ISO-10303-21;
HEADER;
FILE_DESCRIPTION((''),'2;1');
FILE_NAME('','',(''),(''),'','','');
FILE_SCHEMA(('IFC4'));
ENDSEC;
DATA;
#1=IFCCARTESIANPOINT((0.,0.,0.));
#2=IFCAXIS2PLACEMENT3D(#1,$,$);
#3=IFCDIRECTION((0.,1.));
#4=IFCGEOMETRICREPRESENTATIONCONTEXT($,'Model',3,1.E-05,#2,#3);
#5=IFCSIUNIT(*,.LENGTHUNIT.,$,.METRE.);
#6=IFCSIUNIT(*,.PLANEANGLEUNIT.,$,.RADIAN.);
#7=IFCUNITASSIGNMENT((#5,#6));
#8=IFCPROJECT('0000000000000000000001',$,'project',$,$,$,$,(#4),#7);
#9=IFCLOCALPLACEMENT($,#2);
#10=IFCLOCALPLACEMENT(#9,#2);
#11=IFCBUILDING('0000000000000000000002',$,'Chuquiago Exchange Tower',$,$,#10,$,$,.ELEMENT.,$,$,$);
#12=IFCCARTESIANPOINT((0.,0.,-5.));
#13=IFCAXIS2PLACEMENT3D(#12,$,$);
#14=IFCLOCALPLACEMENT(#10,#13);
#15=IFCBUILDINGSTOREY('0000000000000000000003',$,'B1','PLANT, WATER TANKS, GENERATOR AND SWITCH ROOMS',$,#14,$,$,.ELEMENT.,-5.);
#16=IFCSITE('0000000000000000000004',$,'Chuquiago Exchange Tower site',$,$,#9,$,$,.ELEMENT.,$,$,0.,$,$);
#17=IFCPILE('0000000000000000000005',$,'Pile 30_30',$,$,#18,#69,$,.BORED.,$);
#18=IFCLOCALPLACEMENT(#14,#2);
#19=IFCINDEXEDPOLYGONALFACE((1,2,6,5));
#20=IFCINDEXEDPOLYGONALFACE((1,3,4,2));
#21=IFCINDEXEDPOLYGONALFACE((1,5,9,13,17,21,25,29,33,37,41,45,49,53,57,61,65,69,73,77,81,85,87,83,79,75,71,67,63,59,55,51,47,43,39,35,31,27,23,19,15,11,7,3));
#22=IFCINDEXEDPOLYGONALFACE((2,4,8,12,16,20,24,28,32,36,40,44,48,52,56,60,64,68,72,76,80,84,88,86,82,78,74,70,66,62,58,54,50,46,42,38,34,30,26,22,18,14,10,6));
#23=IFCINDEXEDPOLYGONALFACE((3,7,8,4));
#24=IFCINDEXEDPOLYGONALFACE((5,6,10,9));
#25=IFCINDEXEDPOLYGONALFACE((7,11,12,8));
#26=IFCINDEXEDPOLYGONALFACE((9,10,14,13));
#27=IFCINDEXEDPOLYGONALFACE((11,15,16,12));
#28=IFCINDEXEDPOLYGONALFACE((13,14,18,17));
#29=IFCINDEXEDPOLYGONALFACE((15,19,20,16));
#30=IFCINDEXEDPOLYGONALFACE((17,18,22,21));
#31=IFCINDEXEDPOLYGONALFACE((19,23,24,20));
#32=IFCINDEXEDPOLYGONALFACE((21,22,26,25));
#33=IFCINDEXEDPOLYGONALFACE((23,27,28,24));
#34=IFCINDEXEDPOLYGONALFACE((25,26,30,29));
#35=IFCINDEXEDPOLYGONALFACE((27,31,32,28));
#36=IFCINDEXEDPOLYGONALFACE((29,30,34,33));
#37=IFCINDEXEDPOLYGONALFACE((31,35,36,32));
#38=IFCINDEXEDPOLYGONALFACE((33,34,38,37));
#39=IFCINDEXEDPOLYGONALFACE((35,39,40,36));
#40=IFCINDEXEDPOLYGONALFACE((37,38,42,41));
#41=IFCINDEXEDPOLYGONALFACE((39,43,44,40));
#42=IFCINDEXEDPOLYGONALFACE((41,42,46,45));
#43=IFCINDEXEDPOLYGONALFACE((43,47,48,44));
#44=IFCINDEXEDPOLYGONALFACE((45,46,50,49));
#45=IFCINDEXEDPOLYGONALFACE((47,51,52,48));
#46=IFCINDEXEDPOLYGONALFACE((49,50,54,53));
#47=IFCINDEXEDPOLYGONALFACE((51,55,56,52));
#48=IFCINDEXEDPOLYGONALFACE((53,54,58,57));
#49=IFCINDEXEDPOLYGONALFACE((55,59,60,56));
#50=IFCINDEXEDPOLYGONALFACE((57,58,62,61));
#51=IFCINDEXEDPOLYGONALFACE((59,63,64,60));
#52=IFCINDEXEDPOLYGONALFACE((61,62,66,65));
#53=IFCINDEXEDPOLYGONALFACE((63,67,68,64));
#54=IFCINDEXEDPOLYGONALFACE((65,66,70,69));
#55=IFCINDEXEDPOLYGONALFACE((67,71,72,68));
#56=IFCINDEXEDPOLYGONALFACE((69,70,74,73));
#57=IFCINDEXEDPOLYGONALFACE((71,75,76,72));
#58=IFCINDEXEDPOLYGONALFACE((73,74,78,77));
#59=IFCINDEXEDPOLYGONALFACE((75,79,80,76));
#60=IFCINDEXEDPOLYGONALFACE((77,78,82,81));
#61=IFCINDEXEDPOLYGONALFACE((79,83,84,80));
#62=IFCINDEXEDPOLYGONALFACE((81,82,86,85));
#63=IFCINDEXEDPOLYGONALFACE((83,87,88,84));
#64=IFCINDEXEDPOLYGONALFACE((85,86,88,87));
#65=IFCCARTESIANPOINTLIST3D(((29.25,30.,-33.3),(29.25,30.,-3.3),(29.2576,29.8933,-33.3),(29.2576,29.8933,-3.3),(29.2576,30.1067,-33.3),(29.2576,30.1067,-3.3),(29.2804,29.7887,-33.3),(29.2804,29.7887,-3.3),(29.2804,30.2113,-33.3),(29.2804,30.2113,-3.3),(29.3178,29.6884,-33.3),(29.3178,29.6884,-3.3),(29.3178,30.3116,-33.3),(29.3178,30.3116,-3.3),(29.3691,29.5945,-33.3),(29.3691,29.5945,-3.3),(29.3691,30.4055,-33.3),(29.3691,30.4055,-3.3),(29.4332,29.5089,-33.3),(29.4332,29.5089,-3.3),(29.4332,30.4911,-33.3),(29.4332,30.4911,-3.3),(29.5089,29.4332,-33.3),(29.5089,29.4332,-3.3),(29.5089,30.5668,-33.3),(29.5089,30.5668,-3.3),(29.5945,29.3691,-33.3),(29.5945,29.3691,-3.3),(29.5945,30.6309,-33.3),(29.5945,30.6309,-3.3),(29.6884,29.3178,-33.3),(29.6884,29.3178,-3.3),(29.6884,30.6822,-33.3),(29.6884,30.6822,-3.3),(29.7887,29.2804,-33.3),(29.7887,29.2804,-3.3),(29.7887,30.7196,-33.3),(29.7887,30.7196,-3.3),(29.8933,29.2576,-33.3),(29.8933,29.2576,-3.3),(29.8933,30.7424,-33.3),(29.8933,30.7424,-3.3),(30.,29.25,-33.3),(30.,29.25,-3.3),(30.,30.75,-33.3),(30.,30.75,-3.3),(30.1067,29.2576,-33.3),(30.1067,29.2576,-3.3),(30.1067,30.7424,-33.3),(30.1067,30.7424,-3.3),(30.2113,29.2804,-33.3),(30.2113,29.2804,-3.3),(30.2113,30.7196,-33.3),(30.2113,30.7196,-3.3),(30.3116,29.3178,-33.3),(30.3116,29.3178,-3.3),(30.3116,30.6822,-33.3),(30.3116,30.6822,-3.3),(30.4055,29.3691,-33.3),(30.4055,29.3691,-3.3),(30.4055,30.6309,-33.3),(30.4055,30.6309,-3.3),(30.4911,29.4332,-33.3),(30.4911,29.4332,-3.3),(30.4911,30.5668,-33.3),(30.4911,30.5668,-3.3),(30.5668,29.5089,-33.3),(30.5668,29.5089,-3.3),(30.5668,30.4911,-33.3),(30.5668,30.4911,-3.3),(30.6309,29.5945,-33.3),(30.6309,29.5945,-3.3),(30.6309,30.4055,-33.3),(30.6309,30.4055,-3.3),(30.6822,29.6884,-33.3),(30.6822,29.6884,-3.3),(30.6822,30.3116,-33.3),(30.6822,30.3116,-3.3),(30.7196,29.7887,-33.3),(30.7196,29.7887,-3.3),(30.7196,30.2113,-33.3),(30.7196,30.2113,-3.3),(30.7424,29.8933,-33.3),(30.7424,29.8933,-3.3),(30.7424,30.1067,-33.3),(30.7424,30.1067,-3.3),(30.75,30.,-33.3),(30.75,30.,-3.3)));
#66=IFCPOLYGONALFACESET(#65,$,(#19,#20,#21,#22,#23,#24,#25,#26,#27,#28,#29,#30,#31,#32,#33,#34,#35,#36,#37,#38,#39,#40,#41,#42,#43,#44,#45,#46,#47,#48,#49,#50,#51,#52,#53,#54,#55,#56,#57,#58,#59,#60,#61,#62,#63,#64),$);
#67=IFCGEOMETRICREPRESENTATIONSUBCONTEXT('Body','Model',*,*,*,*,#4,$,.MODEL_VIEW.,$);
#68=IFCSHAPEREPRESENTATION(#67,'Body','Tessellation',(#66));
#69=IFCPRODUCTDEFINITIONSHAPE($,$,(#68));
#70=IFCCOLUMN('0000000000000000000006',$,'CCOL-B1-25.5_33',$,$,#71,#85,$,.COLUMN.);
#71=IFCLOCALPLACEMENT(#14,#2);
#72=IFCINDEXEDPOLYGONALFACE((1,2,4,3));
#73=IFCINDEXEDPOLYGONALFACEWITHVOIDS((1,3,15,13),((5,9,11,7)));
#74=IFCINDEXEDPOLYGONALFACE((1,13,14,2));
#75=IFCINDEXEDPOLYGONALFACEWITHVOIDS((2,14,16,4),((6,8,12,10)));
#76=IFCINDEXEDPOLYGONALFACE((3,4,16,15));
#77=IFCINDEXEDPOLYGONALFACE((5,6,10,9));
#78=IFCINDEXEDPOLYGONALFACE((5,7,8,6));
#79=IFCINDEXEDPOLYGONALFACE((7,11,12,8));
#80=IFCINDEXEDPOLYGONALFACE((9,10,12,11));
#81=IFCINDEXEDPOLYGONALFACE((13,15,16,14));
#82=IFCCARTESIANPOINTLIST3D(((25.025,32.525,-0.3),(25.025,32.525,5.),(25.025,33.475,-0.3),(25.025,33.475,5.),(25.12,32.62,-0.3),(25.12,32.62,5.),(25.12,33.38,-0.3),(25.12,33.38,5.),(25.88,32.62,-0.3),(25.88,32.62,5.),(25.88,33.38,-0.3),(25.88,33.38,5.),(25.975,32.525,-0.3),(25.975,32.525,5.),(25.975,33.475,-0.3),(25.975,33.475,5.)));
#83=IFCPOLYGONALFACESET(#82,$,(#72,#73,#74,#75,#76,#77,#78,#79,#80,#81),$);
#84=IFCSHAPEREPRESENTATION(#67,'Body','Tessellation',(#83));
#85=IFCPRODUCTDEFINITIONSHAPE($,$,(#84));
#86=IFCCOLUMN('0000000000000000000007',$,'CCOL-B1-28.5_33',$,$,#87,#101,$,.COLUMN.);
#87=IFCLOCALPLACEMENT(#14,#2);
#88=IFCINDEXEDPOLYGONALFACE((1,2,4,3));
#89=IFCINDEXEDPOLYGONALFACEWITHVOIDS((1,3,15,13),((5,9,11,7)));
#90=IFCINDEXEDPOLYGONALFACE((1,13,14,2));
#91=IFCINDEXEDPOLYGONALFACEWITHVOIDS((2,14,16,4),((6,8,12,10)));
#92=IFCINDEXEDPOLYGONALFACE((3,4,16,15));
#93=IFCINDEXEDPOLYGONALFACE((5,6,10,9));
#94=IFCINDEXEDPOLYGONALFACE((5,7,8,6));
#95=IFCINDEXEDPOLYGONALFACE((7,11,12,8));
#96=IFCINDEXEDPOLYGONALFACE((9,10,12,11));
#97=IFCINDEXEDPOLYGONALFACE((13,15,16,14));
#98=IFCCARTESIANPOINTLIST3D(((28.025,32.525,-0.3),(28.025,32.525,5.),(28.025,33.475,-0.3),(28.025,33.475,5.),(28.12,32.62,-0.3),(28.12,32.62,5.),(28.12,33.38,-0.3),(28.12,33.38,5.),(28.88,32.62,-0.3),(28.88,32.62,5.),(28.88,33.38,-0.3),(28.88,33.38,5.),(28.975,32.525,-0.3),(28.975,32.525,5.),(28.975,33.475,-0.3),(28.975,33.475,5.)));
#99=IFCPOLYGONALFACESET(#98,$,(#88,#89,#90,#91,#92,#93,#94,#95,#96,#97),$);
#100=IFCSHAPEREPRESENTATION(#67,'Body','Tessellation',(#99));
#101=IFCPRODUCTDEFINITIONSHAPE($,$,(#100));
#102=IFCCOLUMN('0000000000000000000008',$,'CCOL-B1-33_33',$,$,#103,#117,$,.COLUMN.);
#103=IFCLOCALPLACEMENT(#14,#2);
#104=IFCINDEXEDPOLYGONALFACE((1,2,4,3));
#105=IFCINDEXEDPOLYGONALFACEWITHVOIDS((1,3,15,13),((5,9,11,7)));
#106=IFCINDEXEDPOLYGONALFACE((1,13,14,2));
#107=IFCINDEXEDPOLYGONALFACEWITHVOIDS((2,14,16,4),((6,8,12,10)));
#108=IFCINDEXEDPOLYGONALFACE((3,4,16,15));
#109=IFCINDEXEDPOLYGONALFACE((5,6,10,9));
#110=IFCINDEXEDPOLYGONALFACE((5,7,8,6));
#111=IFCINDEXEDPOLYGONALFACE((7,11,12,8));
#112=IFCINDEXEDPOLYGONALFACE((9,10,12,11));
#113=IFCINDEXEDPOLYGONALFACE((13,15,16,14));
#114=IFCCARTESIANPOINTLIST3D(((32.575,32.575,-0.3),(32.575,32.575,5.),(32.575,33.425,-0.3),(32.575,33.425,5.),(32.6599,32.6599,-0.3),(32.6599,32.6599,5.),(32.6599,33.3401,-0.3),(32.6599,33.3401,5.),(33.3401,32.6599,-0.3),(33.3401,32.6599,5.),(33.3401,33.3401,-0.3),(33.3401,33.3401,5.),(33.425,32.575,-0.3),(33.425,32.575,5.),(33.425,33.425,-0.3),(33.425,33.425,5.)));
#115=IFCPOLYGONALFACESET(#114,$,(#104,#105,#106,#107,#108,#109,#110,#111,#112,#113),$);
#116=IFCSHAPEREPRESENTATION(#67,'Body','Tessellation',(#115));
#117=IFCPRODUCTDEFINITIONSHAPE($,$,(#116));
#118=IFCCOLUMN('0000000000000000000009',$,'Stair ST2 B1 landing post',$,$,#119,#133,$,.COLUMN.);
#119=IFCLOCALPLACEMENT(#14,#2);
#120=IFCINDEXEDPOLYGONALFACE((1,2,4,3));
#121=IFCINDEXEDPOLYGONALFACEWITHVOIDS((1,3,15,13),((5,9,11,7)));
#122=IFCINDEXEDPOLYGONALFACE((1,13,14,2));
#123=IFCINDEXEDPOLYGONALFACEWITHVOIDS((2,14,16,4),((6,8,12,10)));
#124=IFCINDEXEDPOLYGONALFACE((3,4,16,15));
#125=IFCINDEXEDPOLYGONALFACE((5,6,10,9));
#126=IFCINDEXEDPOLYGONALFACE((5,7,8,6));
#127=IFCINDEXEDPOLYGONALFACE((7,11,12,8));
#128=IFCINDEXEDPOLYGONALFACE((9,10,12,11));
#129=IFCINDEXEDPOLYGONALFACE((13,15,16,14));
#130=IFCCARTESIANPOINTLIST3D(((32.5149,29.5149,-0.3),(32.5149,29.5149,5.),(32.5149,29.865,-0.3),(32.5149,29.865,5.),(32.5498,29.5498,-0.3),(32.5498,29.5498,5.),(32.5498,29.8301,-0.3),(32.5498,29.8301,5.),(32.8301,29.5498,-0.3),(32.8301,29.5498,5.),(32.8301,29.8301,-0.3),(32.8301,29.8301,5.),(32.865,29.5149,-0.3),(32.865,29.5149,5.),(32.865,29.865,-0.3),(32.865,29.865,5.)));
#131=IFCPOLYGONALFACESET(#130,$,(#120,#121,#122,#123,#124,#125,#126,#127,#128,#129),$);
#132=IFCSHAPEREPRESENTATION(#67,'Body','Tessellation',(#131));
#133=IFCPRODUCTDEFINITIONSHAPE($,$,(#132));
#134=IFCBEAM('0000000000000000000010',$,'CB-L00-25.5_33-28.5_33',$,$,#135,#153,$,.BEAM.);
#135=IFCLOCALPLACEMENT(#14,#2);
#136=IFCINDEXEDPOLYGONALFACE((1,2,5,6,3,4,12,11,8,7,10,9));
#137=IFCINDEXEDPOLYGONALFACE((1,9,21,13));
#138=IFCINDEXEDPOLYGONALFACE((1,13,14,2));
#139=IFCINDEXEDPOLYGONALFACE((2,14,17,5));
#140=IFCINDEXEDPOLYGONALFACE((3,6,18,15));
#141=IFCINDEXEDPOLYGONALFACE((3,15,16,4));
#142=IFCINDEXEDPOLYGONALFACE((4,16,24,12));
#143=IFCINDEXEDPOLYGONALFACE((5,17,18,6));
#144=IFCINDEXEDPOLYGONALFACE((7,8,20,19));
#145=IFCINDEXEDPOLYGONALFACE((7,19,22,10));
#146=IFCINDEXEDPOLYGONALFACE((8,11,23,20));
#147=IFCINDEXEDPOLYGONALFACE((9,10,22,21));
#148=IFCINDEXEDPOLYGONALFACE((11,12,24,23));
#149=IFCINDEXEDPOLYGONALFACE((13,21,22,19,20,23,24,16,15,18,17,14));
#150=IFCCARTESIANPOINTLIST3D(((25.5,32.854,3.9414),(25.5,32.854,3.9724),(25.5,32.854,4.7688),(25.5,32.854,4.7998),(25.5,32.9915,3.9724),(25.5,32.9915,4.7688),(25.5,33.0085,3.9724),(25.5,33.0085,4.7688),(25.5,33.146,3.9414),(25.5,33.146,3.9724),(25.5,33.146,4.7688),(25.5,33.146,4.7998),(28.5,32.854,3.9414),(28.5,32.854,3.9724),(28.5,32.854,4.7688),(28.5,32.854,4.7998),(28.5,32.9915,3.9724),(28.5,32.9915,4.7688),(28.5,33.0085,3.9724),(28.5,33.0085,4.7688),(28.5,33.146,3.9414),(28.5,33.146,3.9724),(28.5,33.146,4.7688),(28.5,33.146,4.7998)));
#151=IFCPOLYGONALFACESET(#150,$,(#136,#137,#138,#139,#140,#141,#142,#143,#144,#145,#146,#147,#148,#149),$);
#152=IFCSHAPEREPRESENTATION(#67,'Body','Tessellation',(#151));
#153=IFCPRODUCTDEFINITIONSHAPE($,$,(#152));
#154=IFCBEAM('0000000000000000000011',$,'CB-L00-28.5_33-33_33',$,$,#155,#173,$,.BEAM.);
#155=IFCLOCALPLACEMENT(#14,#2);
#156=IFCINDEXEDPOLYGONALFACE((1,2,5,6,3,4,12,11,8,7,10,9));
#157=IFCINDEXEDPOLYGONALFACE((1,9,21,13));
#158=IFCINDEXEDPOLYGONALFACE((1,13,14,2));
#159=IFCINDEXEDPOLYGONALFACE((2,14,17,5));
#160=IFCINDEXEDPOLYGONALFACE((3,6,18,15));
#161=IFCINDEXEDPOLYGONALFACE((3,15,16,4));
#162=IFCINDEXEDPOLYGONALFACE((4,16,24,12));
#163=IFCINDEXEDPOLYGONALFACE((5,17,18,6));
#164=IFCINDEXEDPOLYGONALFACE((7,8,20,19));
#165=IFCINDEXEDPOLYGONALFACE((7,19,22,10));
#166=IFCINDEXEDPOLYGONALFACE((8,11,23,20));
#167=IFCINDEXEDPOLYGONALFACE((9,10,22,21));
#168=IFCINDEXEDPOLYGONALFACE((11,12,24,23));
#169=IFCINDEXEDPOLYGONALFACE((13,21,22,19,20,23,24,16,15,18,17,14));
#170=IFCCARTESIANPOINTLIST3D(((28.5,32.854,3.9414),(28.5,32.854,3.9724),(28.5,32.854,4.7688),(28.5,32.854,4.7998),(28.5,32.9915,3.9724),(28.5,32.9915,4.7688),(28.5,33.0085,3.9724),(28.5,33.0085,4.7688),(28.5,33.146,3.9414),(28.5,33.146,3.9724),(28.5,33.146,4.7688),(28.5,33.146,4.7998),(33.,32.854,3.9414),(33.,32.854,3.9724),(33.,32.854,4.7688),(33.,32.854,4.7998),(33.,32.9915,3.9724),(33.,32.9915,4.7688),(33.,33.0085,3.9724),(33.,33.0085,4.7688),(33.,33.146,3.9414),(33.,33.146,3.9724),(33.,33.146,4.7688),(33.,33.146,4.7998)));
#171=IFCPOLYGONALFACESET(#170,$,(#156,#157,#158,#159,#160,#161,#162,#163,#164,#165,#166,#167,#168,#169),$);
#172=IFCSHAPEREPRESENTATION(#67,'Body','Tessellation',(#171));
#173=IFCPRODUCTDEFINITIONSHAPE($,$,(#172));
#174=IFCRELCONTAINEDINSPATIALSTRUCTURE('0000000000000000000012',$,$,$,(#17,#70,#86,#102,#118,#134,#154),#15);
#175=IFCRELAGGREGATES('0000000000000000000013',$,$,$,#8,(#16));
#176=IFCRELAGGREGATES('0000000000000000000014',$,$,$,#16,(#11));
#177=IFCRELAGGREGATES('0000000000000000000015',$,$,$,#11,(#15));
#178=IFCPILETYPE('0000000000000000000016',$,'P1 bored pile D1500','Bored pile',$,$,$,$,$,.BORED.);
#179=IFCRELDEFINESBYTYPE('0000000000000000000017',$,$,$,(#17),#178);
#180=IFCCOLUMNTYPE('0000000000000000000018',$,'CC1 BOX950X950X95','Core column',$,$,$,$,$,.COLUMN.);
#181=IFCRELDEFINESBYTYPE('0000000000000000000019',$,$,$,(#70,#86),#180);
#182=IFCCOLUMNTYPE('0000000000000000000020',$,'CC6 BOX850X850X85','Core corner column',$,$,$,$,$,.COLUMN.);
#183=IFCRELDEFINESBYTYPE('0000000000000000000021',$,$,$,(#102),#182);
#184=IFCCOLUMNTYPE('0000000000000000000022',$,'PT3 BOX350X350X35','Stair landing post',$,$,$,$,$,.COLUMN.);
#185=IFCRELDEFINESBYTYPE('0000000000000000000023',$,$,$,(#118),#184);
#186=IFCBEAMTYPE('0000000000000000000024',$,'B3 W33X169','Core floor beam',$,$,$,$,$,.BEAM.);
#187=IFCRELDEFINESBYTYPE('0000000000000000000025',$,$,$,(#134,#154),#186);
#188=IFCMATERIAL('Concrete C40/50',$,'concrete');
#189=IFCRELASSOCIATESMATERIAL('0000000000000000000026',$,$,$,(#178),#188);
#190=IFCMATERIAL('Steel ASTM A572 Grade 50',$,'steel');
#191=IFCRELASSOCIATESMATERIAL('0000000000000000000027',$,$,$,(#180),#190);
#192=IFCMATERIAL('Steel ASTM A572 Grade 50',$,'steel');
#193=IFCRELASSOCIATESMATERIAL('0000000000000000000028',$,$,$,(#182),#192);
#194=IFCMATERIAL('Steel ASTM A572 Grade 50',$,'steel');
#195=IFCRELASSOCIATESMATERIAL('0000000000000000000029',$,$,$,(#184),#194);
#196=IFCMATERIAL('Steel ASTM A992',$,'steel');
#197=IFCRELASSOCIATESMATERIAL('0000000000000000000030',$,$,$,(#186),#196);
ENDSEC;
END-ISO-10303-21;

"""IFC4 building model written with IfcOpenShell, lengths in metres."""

from ifc_helpers import new_model, si_unit, direction, frame, origin, origin_2d, place, context, subcontext, project, spatial, hollow_rectangle, circle, i_section, extrude, material, material_profile, profile_set, type_object, element, save


model = new_model("IFC4")

# Units and contexts
model_context = context("Model", 3, precision=1e-05, world=origin(), true_north=direction((0.0, 1.0)))
body_context = subcontext(model_context, "Body", "Model", "MODEL_VIEW")
ifc_project = project(units=[si_unit("LENGTHUNIT", "METRE"), si_unit("PLANEANGLEUNIT", "RADIAN")], contexts=[model_context])

# Site, building, storey
site_placement = place(None, origin())
site = spatial("IfcSite", under=ifc_project, at=site_placement, Name="Chuquiago Exchange Tower site", CompositionType="ELEMENT", RefElevation=0.0)
building_placement = place(site_placement, origin())
building = spatial("IfcBuilding", under=site, at=building_placement, Name="Chuquiago Exchange Tower", CompositionType="ELEMENT")
storey_placement = place(building_placement, frame((0.0, 0.0, -5.0)))
storey = spatial("IfcBuildingStorey", under=building, at=storey_placement, Name="B1", Description="PLANT, WATER TANKS, GENERATOR AND SWITCH ROOMS", CompositionType="ELEMENT", Elevation=-5.0)

# Pile
ifc_material_1 = material(Name="Concrete C40/50", Category="concrete")
ifc_material_profile_1 = material_profile(ifc_material_1, circle(Radius=0.75, at=origin_2d()), Name="D1500")
ifc_profile_set_1 = profile_set([ifc_material_profile_1], Name="Concrete C40/50")
pile_type = type_object("IfcPileType", Name="P1 bored pile D1500", Description="Bored pile", PredefinedType="BORED", material=ifc_profile_set_1)
for number, where, z_axis, x_axis, name in (
    (1, (30.0, 30.0, -3.3), (0.0, 0.0, -1.0), (1.0, 0.0, 0.0), "Pile 30_30"),
):
    element("IfcPile", number, at=place(storey_placement, frame(where, z_axis=z_axis, x_axis=x_axis)), inside=storey, type_object=pile_type, Name=name, PredefinedType="BORED", context=body_context, shape_type="SweptSolid", body=[
        extrude(circle(Radius=0.75, at=origin_2d()), origin(), (0.0, 0.0, 1.0), 30.0),
    ])

# Columns
ifc_material_2 = material(Name="Steel ASTM A572 Grade 50", Category="steel")
ifc_material_profile_2 = material_profile(ifc_material_2, hollow_rectangle(XDim=0.95, YDim=0.95, WallThickness=0.095, at=origin_2d()), Name="BOX950X950X95")
ifc_profile_set_2 = profile_set([ifc_material_profile_2], Name="Steel ASTM A572 Grade 50")
column_type_1 = type_object("IfcColumnType", Name="CC1 BOX950X950X95", Description="Core column", PredefinedType="COLUMN", material=ifc_profile_set_2)
for number, where, z_axis, x_axis, name in (
    (2, (25.5, 33.0, -0.3), (0.0, 0.0, 1.0), (1.0, 0.0, 0.0), "CCOL-B1-25.5_33"),
    (3, (28.5, 33.0, -0.3), (0.0, 0.0, 1.0), (1.0, 0.0, 0.0), "CCOL-B1-28.5_33"),
):
    element("IfcColumn", number, at=place(storey_placement, frame(where, z_axis=z_axis, x_axis=x_axis)), inside=storey, type_object=column_type_1, Name=name, PredefinedType="COLUMN", context=body_context, shape_type="SweptSolid", body=[
        extrude(hollow_rectangle(XDim=0.95, YDim=0.95, WallThickness=0.095, at=origin_2d()), origin(), (0.0, 0.0, 1.0), 5.3),
    ])
ifc_material_3 = material(Name="Steel ASTM A572 Grade 50", Category="steel")
ifc_material_profile_3 = material_profile(ifc_material_3, hollow_rectangle(XDim=0.8501, YDim=0.8501, WallThickness=0.085, at=origin_2d()), Name="BOX850X850X85")
ifc_profile_set_3 = profile_set([ifc_material_profile_3], Name="Steel ASTM A572 Grade 50")
column_type_2 = type_object("IfcColumnType", Name="CC6 BOX850X850X85", Description="Core corner column", PredefinedType="COLUMN", material=ifc_profile_set_3)
column_1_placement = place(storey_placement, frame((33.0, 33.0, -0.3), z_axis=(0.0, 0.0, 1.0), x_axis=(1.0, 0.0, 0.0)))
element("IfcColumn", 4, at=column_1_placement, inside=storey, type_object=column_type_2, Name="CCOL-B1-33_33", PredefinedType="COLUMN", context=body_context, shape_type="SweptSolid", body=[
    extrude(hollow_rectangle(XDim=0.8501, YDim=0.8501, WallThickness=0.085, at=origin_2d()), origin(), (0.0, 0.0, 1.0), 5.3),
])
ifc_material_4 = material(Name="Steel ASTM A572 Grade 50", Category="steel")
ifc_material_profile_4 = material_profile(ifc_material_4, hollow_rectangle(XDim=0.3501, YDim=0.3501, WallThickness=0.0349, at=origin_2d()), Name="BOX350X350X35")
ifc_profile_set_4 = profile_set([ifc_material_profile_4], Name="Steel ASTM A572 Grade 50")
column_type_3 = type_object("IfcColumnType", Name="PT3 BOX350X350X35", Description="Stair landing post", PredefinedType="COLUMN", material=ifc_profile_set_4)
column_2_placement = place(storey_placement, frame((32.6899, 29.6899, -0.3), z_axis=(0.0, 0.0, 1.0), x_axis=(1.0, 0.0, 0.0)))
element("IfcColumn", 5, at=column_2_placement, inside=storey, type_object=column_type_3, Name="Stair ST2 B1 landing post", PredefinedType="COLUMN", context=body_context, shape_type="SweptSolid", body=[
    extrude(hollow_rectangle(XDim=0.3501, YDim=0.3501, WallThickness=0.0349, at=origin_2d()), origin(), (0.0, 0.0, 1.0), 5.3),
])

# Beams
ifc_material_5 = material(Name="Steel ASTM A992", Category="steel")
ifc_material_profile_5 = material_profile(ifc_material_5, i_section(OverallWidth=0.292, OverallDepth=0.8584, WebThickness=0.0171, FlangeThickness=0.031, at=origin_2d()), Name="W33X169")
ifc_profile_set_5 = profile_set([ifc_material_profile_5], Name="Steel ASTM A992")
beam_type_1 = type_object("IfcBeamType", Name="B3 W33X169", Description="Core floor beam", PredefinedType="BEAM", material=ifc_profile_set_5)
beam_1_placement = place(storey_placement, frame((25.5, 33.0, 4.3706), z_axis=(1.0, 0.0, 0.0), x_axis=(0.0, 1.0, 0.0)))
element("IfcBeam", 6, at=beam_1_placement, inside=storey, type_object=beam_type_1, Name="CB-L00-25.5_33-28.5_33", PredefinedType="BEAM", context=body_context, shape_type="SweptSolid", body=[
    extrude(i_section(OverallWidth=0.292, OverallDepth=0.8584, WebThickness=0.0171, FlangeThickness=0.031, at=origin_2d()), origin(), (0.0, 0.0, 1.0), 3.0),
])
beam_2_placement = place(storey_placement, frame((28.5, 33.0, 4.3706), z_axis=(1.0, 0.0, 0.0), x_axis=(0.0, 1.0, 0.0)))
element("IfcBeam", 7, at=beam_2_placement, inside=storey, type_object=beam_type_1, Name="CB-L00-28.5_33-33_33", PredefinedType="BEAM", context=body_context, shape_type="SweptSolid", body=[
    extrude(i_section(OverallWidth=0.292, OverallDepth=0.8584, WebThickness=0.0171, FlangeThickness=0.031, at=origin_2d()), origin(), (0.0, 0.0, 1.0), 4.5),
])

save(model, "model.ifc")
